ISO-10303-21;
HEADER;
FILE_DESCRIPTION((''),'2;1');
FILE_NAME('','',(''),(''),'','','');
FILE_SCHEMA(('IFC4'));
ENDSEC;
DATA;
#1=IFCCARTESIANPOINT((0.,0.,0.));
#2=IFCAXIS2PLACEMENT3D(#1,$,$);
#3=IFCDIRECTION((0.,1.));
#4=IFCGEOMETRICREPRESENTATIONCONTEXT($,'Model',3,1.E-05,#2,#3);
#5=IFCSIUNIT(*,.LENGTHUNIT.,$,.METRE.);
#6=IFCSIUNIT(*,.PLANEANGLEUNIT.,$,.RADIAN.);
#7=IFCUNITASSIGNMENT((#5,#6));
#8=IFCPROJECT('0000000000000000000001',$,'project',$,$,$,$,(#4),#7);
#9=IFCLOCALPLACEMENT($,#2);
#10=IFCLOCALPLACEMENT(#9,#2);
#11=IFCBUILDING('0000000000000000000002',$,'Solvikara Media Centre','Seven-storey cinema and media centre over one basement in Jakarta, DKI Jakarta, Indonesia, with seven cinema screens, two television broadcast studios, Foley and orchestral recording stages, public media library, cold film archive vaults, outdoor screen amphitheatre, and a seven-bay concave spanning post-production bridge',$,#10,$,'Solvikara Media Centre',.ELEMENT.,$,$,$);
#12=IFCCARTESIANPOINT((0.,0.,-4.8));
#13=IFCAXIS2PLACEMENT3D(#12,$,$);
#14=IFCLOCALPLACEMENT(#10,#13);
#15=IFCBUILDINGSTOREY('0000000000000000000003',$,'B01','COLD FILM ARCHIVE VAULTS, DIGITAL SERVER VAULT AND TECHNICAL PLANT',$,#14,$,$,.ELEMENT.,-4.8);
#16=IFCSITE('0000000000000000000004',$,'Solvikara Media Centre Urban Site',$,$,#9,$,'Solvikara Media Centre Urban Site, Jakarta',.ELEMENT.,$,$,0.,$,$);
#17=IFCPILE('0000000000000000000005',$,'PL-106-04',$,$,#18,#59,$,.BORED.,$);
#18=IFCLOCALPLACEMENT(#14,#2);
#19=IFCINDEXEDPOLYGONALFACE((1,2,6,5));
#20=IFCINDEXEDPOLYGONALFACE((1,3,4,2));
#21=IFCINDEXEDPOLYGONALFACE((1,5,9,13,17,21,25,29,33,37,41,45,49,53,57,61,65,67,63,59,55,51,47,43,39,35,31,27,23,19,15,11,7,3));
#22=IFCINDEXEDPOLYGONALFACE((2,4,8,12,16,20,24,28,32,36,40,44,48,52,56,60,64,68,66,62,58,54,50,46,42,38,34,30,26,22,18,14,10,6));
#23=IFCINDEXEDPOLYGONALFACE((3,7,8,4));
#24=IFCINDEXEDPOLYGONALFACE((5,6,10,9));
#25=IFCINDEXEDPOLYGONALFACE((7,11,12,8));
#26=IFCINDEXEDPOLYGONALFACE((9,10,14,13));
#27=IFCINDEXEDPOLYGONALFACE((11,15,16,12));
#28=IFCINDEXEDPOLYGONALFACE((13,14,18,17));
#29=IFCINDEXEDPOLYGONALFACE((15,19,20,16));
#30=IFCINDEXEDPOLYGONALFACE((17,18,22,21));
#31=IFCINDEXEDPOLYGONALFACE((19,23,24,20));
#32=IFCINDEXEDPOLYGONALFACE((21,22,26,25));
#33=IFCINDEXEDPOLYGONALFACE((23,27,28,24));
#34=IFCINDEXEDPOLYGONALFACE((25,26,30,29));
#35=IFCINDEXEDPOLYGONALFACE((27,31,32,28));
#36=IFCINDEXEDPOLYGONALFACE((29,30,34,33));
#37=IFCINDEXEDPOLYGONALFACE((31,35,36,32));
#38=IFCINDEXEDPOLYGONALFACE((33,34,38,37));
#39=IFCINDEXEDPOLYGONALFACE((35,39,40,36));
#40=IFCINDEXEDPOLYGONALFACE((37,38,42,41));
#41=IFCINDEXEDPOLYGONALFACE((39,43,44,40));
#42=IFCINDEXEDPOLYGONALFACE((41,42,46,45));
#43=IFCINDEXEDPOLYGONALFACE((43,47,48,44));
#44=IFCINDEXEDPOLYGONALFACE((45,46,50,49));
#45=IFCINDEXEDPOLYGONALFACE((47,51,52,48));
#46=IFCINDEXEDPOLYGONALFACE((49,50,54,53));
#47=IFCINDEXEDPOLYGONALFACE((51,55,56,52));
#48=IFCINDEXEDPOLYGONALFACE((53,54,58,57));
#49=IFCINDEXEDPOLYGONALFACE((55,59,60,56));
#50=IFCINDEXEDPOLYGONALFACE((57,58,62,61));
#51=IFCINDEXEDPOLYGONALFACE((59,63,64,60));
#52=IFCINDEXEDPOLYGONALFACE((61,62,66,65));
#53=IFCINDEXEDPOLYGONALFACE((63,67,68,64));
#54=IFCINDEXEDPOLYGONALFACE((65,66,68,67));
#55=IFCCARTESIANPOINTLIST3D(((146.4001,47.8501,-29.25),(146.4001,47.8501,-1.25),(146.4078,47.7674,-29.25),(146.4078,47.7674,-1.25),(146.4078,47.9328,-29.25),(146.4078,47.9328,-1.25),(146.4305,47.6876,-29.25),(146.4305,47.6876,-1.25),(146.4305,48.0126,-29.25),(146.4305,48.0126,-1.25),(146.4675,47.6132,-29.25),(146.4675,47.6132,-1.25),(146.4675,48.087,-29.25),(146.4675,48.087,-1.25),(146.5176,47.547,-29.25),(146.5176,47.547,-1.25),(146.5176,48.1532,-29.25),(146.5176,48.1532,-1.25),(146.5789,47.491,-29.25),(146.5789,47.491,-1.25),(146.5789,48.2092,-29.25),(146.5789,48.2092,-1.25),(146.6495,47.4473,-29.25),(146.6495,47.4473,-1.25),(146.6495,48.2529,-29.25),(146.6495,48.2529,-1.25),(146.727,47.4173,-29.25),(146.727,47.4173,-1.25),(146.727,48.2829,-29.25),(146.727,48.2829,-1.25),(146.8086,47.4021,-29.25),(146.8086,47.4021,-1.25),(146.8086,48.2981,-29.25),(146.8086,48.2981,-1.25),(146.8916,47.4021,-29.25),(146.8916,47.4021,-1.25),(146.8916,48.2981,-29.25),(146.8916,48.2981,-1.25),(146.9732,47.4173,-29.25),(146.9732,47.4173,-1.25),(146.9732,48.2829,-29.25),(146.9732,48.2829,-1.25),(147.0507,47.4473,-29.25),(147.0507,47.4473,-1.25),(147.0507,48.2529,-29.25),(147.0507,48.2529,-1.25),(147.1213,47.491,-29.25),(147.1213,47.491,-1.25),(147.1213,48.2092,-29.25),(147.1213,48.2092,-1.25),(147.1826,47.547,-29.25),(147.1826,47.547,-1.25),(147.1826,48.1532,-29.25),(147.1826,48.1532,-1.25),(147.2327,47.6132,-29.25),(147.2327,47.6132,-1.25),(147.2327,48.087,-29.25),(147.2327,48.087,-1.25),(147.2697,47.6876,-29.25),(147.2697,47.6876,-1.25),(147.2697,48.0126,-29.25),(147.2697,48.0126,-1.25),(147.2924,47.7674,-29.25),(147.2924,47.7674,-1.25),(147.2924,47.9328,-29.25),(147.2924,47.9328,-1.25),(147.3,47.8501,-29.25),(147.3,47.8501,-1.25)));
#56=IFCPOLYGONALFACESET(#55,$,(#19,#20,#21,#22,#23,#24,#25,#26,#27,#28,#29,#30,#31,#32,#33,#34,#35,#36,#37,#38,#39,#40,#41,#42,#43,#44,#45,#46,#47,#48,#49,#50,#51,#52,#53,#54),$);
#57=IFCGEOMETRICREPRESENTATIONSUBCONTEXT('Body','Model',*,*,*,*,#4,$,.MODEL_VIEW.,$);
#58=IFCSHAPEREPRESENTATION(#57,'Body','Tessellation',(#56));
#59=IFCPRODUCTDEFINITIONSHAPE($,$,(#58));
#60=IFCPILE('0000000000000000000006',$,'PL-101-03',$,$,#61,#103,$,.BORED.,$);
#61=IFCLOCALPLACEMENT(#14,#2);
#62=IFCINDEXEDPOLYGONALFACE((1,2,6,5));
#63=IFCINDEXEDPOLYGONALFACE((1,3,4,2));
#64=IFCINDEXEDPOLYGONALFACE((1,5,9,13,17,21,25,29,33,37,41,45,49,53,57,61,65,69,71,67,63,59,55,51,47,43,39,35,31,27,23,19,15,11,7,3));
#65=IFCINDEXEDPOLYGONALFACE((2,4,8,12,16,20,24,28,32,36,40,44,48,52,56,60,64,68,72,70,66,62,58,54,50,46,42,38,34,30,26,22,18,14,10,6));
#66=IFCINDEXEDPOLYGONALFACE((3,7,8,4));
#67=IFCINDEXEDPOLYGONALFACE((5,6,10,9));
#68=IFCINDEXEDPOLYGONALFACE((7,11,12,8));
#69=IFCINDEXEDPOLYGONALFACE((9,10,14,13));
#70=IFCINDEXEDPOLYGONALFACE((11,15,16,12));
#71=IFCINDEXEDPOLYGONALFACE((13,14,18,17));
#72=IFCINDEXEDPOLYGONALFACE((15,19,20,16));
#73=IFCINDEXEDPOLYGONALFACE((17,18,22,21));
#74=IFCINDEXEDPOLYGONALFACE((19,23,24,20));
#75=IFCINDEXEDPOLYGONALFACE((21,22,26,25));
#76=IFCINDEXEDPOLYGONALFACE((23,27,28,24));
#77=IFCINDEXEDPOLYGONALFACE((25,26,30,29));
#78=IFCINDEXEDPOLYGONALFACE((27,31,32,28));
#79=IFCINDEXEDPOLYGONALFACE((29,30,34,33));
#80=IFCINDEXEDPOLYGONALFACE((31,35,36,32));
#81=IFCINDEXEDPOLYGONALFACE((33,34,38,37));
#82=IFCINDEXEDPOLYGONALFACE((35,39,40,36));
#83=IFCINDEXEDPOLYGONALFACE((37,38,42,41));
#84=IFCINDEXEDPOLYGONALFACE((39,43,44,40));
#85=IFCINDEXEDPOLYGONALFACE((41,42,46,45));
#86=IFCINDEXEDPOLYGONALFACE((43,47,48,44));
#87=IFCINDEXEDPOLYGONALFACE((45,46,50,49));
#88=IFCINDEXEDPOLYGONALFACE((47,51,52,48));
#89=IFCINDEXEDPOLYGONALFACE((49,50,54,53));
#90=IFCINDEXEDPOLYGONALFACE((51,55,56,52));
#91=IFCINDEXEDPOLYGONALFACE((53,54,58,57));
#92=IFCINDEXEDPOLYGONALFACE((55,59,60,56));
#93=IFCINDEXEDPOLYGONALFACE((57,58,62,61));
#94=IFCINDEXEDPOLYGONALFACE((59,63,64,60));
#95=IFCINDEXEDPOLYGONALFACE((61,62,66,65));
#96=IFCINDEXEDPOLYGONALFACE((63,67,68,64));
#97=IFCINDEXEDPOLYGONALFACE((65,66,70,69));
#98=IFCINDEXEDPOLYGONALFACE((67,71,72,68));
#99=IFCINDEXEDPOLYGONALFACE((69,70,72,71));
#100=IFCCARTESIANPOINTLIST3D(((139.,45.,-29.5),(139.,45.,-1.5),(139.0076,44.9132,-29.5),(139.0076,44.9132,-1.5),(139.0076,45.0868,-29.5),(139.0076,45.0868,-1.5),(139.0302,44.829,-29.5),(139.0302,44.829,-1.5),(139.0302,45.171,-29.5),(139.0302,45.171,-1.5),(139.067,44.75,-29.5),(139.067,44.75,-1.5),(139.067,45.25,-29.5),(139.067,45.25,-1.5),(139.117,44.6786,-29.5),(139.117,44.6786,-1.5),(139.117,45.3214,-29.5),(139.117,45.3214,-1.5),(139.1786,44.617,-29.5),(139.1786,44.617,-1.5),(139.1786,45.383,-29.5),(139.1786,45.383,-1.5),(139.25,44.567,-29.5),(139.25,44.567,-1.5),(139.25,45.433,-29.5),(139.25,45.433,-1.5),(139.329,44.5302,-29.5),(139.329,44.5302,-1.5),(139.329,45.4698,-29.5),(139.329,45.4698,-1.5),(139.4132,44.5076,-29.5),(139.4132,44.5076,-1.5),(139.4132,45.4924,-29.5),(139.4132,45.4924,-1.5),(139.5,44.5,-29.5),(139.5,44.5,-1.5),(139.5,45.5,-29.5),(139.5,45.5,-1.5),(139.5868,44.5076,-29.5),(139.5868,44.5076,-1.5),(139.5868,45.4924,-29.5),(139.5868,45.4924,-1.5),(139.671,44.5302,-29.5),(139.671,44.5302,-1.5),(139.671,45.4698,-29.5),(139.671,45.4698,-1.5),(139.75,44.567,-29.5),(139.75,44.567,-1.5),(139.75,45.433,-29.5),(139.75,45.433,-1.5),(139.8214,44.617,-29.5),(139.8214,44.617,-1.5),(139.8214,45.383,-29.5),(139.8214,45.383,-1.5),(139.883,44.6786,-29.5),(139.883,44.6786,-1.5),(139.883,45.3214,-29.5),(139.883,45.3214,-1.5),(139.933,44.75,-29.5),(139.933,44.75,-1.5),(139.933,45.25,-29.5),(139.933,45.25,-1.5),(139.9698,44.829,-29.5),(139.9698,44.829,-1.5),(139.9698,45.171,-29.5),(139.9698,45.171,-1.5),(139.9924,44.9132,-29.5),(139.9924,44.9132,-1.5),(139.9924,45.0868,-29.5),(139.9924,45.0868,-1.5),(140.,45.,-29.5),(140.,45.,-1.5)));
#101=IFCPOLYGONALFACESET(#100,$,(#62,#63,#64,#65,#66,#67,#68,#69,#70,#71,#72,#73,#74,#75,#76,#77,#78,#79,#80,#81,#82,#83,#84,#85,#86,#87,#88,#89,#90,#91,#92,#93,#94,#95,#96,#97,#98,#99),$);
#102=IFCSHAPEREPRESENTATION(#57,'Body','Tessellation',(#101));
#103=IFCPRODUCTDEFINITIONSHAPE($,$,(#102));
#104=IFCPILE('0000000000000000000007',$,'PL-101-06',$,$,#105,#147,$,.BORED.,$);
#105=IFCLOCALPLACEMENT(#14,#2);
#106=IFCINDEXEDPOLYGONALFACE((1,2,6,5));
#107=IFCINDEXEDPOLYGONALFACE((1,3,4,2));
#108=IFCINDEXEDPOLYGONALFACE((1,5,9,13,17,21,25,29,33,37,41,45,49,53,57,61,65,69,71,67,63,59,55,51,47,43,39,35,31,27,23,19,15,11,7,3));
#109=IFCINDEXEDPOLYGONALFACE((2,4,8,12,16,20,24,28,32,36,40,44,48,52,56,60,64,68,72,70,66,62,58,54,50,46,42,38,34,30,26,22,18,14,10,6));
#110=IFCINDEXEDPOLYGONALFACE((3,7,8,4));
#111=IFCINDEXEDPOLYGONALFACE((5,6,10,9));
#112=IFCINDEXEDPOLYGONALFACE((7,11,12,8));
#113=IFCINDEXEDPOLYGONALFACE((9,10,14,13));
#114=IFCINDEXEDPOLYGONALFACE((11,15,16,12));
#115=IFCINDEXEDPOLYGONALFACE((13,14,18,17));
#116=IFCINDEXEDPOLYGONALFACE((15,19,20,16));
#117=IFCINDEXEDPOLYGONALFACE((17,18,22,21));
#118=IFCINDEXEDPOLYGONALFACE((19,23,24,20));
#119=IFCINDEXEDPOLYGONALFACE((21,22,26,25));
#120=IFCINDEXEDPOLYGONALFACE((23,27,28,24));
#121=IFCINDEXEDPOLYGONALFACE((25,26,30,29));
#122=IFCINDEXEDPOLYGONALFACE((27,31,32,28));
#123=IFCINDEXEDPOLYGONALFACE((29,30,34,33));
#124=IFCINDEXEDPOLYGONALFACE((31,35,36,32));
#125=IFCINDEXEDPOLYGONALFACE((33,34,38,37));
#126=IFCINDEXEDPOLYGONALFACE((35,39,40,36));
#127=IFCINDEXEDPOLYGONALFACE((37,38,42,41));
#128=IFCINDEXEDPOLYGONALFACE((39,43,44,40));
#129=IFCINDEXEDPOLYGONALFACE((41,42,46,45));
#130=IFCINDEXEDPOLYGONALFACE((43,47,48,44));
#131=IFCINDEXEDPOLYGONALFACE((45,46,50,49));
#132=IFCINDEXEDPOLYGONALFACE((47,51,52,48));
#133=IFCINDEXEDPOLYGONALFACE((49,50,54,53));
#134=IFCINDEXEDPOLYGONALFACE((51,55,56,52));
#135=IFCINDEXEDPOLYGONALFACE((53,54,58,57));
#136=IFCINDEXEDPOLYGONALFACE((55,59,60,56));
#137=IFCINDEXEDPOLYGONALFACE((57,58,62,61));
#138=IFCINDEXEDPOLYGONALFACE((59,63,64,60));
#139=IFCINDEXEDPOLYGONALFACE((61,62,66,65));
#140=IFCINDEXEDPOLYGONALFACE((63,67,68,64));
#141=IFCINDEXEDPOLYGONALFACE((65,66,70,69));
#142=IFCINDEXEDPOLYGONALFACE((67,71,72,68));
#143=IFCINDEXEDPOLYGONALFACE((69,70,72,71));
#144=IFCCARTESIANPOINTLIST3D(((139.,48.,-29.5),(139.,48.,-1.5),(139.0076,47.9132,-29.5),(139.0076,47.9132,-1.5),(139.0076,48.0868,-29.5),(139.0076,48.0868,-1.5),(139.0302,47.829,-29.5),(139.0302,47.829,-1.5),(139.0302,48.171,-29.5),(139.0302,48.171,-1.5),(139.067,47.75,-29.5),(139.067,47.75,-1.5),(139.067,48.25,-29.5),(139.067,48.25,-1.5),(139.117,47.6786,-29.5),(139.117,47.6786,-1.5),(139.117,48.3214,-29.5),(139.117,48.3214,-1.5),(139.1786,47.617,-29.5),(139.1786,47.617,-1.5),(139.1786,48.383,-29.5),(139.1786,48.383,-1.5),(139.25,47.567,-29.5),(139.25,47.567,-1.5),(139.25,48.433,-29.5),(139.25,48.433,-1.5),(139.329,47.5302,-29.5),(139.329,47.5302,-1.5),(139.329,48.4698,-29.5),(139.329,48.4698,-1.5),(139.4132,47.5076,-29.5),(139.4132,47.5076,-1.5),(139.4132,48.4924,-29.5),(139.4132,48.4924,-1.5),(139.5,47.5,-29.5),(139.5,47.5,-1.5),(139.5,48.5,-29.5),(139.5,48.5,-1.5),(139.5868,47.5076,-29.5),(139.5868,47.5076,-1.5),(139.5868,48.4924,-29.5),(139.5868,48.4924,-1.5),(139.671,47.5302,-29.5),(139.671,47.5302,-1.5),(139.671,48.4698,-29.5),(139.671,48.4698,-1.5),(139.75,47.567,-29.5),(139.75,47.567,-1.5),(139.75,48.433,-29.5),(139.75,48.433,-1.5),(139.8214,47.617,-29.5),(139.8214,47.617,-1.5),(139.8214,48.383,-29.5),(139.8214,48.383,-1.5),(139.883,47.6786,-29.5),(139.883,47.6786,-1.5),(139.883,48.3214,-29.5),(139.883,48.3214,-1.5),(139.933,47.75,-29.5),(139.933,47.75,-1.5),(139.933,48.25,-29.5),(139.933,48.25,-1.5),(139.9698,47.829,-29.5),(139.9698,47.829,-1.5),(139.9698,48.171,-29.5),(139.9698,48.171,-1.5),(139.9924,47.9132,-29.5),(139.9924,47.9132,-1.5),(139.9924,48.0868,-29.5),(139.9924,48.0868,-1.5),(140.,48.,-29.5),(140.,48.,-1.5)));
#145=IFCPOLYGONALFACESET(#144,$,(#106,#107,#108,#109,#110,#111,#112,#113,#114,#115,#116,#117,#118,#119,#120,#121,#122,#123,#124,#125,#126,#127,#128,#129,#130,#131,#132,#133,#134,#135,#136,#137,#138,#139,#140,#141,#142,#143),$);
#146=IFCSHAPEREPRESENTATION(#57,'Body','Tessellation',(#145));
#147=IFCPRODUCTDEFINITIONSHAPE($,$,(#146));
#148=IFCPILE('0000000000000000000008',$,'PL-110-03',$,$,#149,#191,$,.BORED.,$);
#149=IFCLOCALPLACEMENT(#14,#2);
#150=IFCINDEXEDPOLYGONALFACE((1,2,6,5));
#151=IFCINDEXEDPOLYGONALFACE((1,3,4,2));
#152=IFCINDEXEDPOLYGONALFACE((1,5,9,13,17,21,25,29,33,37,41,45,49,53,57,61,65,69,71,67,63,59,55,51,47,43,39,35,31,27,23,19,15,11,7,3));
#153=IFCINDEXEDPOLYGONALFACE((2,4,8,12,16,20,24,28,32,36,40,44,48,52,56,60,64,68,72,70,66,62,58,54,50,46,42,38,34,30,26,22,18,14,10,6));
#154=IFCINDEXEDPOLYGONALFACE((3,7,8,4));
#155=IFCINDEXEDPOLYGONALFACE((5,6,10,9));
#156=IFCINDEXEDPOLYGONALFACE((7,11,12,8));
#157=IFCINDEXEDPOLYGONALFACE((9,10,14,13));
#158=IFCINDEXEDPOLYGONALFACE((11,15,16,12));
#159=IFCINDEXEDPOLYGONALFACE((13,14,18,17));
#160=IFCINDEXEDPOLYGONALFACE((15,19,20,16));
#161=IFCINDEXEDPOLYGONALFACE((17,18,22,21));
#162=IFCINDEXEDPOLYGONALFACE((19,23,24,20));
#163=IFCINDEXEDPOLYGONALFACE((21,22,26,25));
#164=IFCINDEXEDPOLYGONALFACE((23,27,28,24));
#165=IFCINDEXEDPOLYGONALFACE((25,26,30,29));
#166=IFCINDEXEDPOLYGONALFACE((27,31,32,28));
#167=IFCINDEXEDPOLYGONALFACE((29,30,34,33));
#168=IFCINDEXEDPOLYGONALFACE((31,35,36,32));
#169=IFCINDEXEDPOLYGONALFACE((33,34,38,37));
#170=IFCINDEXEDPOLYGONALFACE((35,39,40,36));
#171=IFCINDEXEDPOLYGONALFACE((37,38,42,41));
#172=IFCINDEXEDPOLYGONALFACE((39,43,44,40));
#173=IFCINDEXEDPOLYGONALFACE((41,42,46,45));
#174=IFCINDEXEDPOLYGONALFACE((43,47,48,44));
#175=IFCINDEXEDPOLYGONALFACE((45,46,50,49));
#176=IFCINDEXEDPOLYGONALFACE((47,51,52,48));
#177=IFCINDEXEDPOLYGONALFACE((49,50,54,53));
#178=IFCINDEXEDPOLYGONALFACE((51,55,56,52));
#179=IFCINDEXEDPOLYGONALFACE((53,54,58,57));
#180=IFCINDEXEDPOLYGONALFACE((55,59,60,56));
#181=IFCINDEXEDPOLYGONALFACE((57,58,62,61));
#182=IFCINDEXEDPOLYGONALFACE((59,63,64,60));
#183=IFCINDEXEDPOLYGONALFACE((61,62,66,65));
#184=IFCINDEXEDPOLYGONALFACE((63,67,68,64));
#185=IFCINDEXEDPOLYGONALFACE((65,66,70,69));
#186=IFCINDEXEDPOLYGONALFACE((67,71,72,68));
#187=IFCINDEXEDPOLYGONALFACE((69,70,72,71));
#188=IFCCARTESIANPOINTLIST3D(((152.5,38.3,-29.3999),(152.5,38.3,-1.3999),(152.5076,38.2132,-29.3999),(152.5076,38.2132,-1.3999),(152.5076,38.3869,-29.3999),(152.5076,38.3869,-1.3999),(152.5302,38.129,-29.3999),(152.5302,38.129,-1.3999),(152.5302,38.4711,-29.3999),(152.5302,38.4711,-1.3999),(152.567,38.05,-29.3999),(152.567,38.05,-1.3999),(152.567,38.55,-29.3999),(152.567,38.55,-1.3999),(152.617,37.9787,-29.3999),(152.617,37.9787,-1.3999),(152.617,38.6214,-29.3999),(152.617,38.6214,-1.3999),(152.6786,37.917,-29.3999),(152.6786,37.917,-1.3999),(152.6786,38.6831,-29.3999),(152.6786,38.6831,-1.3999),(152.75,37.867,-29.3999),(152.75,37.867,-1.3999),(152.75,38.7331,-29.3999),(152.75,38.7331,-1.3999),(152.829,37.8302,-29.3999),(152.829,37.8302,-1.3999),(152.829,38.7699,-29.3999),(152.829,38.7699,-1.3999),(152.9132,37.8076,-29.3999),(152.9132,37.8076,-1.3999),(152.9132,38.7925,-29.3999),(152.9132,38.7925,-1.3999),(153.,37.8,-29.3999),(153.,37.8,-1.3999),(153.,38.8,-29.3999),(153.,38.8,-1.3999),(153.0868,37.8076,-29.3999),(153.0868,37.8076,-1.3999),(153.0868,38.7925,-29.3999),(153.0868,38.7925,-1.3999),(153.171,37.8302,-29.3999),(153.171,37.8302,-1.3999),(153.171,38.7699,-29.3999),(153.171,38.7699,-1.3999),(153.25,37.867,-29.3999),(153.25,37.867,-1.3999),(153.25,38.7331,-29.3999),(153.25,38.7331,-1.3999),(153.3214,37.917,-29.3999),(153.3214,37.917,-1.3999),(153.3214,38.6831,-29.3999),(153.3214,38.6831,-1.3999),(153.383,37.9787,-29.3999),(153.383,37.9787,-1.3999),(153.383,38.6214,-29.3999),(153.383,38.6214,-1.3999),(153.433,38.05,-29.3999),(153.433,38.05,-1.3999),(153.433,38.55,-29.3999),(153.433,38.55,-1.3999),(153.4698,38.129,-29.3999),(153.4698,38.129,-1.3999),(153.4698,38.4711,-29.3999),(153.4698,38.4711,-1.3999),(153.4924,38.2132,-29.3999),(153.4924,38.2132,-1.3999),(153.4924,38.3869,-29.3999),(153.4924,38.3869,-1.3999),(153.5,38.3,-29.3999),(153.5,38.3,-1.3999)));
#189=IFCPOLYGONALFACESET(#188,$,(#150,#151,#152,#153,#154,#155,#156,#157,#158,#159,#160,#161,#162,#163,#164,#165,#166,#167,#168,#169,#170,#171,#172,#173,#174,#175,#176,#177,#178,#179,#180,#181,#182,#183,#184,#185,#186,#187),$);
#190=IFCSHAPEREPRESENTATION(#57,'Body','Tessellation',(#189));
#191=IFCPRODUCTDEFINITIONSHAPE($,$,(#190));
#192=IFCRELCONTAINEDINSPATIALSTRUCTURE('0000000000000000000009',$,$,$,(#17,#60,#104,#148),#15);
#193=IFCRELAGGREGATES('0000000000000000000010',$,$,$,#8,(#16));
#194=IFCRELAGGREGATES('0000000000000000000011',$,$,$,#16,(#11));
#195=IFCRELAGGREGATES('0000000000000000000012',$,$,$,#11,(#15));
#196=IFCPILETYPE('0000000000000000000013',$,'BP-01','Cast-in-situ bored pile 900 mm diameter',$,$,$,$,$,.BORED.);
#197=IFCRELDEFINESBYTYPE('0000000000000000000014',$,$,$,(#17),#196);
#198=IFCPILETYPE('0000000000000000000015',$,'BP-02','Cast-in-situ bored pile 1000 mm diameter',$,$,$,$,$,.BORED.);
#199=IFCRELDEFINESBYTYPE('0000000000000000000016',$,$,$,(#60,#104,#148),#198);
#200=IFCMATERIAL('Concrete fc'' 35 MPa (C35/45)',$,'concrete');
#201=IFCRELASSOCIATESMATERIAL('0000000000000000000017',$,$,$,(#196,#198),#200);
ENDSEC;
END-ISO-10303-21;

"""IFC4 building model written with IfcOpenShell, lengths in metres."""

from ifc_helpers import new_model, si_unit, direction, frame, origin, origin_2d, place, context, subcontext, project, spatial, circle, extrude, material, material_profile, profile_set, type_object, element, save


model = new_model("IFC4")

# Units and contexts
model_context = context("Model", 3, precision=1e-05, world=origin(), true_north=direction((0.0, 1.0)))
body_context = subcontext(model_context, "Body", "Model", "MODEL_VIEW")
ifc_project = project(units=[si_unit("LENGTHUNIT", "METRE"), si_unit("PLANEANGLEUNIT", "RADIAN")], contexts=[model_context])

# Site, building, storey
site_placement = place(None, origin())
site = spatial("IfcSite", under=ifc_project, at=site_placement, Name="Solvikara Media Centre Urban Site", LongName="Solvikara Media Centre Urban Site, Jakarta", CompositionType="ELEMENT", RefElevation=0.0)
building_placement = place(site_placement, origin())
building = spatial("IfcBuilding", under=site, at=building_placement, Name="Solvikara Media Centre", Description="Seven-storey cinema and media centre over one basement in Jakarta, DKI Jakarta, Indonesia, with seven cinema screens, two television broadcast studios, Foley and orchestral recording stages, public media library, cold film archive vaults, outdoor screen amphitheatre, and a seven-bay concave spanning post-production bridge", LongName="Solvikara Media Centre", CompositionType="ELEMENT")
storey_placement = place(building_placement, frame((0.0, 0.0, -4.8)))
storey = spatial("IfcBuildingStorey", under=building, at=storey_placement, Name="B01", Description="COLD FILM ARCHIVE VAULTS, DIGITAL SERVER VAULT AND TECHNICAL PLANT", CompositionType="ELEMENT", Elevation=-4.8)

# Piles
ifc_material_1 = material(Name="Concrete fc' 35 MPa (C35/45)", Category="concrete")
ifc_material_profile_1 = material_profile(ifc_material_1, circle(Radius=0.45, at=origin_2d()), Name="BORED PILE D900")
ifc_profile_set_1 = profile_set([ifc_material_profile_1], Name="Concrete fc' 35 MPa (C35/45)")
pile_type_1 = type_object("IfcPileType", Name="BP-01", Description="Cast-in-situ bored pile 900 mm diameter", PredefinedType="BORED", material=ifc_profile_set_1)
for number, where, z_axis, x_axis, name in (
    (1, (146.8501, 47.8501, -1.25), (0.0, 0.0, -1.0), (1.0, 0.0, 0.0), "PL-106-04"),
):
    element("IfcPile", number, at=place(storey_placement, frame(where, z_axis=z_axis, x_axis=x_axis)), inside=storey, type_object=pile_type_1, Name=name, PredefinedType="BORED", context=body_context, shape_type="SweptSolid", body=[
        extrude(circle(Radius=0.45, at=origin_2d()), origin(), (0.0, 0.0, 1.0), 28.0),
    ])
ifc_material_profile_2 = material_profile(ifc_material_1, circle(Radius=0.5, at=origin_2d()), Name="BORED PILE D1000")
ifc_profile_set_2 = profile_set([ifc_material_profile_2], Name="Concrete fc' 35 MPa (C35/45)")
pile_type_2 = type_object("IfcPileType", Name="BP-02", Description="Cast-in-situ bored pile 1000 mm diameter", PredefinedType="BORED", material=ifc_profile_set_2)
for number, where, z_axis, x_axis, name in (
    (2, (139.5, 45.0, -1.5), (0.0, 0.0, -1.0), (1.0, 0.0, 0.0), "PL-101-03"),
    (3, (139.5, 48.0, -1.5), (0.0, 0.0, -1.0), (1.0, 0.0, 0.0), "PL-101-06"),
    (4, (153.0, 38.3, -1.3999), (0.0, 0.0, -1.0), (1.0, 0.0, 0.0), "PL-110-03"),
):
    element("IfcPile", number, at=place(storey_placement, frame(where, z_axis=z_axis, x_axis=x_axis)), inside=storey, type_object=pile_type_2, Name=name, PredefinedType="BORED", context=body_context, shape_type="SweptSolid", body=[
        extrude(circle(Radius=0.5, at=origin_2d()), origin(), (0.0, 0.0, 1.0), 28.0),
    ])

save(model, "model.ifc")
